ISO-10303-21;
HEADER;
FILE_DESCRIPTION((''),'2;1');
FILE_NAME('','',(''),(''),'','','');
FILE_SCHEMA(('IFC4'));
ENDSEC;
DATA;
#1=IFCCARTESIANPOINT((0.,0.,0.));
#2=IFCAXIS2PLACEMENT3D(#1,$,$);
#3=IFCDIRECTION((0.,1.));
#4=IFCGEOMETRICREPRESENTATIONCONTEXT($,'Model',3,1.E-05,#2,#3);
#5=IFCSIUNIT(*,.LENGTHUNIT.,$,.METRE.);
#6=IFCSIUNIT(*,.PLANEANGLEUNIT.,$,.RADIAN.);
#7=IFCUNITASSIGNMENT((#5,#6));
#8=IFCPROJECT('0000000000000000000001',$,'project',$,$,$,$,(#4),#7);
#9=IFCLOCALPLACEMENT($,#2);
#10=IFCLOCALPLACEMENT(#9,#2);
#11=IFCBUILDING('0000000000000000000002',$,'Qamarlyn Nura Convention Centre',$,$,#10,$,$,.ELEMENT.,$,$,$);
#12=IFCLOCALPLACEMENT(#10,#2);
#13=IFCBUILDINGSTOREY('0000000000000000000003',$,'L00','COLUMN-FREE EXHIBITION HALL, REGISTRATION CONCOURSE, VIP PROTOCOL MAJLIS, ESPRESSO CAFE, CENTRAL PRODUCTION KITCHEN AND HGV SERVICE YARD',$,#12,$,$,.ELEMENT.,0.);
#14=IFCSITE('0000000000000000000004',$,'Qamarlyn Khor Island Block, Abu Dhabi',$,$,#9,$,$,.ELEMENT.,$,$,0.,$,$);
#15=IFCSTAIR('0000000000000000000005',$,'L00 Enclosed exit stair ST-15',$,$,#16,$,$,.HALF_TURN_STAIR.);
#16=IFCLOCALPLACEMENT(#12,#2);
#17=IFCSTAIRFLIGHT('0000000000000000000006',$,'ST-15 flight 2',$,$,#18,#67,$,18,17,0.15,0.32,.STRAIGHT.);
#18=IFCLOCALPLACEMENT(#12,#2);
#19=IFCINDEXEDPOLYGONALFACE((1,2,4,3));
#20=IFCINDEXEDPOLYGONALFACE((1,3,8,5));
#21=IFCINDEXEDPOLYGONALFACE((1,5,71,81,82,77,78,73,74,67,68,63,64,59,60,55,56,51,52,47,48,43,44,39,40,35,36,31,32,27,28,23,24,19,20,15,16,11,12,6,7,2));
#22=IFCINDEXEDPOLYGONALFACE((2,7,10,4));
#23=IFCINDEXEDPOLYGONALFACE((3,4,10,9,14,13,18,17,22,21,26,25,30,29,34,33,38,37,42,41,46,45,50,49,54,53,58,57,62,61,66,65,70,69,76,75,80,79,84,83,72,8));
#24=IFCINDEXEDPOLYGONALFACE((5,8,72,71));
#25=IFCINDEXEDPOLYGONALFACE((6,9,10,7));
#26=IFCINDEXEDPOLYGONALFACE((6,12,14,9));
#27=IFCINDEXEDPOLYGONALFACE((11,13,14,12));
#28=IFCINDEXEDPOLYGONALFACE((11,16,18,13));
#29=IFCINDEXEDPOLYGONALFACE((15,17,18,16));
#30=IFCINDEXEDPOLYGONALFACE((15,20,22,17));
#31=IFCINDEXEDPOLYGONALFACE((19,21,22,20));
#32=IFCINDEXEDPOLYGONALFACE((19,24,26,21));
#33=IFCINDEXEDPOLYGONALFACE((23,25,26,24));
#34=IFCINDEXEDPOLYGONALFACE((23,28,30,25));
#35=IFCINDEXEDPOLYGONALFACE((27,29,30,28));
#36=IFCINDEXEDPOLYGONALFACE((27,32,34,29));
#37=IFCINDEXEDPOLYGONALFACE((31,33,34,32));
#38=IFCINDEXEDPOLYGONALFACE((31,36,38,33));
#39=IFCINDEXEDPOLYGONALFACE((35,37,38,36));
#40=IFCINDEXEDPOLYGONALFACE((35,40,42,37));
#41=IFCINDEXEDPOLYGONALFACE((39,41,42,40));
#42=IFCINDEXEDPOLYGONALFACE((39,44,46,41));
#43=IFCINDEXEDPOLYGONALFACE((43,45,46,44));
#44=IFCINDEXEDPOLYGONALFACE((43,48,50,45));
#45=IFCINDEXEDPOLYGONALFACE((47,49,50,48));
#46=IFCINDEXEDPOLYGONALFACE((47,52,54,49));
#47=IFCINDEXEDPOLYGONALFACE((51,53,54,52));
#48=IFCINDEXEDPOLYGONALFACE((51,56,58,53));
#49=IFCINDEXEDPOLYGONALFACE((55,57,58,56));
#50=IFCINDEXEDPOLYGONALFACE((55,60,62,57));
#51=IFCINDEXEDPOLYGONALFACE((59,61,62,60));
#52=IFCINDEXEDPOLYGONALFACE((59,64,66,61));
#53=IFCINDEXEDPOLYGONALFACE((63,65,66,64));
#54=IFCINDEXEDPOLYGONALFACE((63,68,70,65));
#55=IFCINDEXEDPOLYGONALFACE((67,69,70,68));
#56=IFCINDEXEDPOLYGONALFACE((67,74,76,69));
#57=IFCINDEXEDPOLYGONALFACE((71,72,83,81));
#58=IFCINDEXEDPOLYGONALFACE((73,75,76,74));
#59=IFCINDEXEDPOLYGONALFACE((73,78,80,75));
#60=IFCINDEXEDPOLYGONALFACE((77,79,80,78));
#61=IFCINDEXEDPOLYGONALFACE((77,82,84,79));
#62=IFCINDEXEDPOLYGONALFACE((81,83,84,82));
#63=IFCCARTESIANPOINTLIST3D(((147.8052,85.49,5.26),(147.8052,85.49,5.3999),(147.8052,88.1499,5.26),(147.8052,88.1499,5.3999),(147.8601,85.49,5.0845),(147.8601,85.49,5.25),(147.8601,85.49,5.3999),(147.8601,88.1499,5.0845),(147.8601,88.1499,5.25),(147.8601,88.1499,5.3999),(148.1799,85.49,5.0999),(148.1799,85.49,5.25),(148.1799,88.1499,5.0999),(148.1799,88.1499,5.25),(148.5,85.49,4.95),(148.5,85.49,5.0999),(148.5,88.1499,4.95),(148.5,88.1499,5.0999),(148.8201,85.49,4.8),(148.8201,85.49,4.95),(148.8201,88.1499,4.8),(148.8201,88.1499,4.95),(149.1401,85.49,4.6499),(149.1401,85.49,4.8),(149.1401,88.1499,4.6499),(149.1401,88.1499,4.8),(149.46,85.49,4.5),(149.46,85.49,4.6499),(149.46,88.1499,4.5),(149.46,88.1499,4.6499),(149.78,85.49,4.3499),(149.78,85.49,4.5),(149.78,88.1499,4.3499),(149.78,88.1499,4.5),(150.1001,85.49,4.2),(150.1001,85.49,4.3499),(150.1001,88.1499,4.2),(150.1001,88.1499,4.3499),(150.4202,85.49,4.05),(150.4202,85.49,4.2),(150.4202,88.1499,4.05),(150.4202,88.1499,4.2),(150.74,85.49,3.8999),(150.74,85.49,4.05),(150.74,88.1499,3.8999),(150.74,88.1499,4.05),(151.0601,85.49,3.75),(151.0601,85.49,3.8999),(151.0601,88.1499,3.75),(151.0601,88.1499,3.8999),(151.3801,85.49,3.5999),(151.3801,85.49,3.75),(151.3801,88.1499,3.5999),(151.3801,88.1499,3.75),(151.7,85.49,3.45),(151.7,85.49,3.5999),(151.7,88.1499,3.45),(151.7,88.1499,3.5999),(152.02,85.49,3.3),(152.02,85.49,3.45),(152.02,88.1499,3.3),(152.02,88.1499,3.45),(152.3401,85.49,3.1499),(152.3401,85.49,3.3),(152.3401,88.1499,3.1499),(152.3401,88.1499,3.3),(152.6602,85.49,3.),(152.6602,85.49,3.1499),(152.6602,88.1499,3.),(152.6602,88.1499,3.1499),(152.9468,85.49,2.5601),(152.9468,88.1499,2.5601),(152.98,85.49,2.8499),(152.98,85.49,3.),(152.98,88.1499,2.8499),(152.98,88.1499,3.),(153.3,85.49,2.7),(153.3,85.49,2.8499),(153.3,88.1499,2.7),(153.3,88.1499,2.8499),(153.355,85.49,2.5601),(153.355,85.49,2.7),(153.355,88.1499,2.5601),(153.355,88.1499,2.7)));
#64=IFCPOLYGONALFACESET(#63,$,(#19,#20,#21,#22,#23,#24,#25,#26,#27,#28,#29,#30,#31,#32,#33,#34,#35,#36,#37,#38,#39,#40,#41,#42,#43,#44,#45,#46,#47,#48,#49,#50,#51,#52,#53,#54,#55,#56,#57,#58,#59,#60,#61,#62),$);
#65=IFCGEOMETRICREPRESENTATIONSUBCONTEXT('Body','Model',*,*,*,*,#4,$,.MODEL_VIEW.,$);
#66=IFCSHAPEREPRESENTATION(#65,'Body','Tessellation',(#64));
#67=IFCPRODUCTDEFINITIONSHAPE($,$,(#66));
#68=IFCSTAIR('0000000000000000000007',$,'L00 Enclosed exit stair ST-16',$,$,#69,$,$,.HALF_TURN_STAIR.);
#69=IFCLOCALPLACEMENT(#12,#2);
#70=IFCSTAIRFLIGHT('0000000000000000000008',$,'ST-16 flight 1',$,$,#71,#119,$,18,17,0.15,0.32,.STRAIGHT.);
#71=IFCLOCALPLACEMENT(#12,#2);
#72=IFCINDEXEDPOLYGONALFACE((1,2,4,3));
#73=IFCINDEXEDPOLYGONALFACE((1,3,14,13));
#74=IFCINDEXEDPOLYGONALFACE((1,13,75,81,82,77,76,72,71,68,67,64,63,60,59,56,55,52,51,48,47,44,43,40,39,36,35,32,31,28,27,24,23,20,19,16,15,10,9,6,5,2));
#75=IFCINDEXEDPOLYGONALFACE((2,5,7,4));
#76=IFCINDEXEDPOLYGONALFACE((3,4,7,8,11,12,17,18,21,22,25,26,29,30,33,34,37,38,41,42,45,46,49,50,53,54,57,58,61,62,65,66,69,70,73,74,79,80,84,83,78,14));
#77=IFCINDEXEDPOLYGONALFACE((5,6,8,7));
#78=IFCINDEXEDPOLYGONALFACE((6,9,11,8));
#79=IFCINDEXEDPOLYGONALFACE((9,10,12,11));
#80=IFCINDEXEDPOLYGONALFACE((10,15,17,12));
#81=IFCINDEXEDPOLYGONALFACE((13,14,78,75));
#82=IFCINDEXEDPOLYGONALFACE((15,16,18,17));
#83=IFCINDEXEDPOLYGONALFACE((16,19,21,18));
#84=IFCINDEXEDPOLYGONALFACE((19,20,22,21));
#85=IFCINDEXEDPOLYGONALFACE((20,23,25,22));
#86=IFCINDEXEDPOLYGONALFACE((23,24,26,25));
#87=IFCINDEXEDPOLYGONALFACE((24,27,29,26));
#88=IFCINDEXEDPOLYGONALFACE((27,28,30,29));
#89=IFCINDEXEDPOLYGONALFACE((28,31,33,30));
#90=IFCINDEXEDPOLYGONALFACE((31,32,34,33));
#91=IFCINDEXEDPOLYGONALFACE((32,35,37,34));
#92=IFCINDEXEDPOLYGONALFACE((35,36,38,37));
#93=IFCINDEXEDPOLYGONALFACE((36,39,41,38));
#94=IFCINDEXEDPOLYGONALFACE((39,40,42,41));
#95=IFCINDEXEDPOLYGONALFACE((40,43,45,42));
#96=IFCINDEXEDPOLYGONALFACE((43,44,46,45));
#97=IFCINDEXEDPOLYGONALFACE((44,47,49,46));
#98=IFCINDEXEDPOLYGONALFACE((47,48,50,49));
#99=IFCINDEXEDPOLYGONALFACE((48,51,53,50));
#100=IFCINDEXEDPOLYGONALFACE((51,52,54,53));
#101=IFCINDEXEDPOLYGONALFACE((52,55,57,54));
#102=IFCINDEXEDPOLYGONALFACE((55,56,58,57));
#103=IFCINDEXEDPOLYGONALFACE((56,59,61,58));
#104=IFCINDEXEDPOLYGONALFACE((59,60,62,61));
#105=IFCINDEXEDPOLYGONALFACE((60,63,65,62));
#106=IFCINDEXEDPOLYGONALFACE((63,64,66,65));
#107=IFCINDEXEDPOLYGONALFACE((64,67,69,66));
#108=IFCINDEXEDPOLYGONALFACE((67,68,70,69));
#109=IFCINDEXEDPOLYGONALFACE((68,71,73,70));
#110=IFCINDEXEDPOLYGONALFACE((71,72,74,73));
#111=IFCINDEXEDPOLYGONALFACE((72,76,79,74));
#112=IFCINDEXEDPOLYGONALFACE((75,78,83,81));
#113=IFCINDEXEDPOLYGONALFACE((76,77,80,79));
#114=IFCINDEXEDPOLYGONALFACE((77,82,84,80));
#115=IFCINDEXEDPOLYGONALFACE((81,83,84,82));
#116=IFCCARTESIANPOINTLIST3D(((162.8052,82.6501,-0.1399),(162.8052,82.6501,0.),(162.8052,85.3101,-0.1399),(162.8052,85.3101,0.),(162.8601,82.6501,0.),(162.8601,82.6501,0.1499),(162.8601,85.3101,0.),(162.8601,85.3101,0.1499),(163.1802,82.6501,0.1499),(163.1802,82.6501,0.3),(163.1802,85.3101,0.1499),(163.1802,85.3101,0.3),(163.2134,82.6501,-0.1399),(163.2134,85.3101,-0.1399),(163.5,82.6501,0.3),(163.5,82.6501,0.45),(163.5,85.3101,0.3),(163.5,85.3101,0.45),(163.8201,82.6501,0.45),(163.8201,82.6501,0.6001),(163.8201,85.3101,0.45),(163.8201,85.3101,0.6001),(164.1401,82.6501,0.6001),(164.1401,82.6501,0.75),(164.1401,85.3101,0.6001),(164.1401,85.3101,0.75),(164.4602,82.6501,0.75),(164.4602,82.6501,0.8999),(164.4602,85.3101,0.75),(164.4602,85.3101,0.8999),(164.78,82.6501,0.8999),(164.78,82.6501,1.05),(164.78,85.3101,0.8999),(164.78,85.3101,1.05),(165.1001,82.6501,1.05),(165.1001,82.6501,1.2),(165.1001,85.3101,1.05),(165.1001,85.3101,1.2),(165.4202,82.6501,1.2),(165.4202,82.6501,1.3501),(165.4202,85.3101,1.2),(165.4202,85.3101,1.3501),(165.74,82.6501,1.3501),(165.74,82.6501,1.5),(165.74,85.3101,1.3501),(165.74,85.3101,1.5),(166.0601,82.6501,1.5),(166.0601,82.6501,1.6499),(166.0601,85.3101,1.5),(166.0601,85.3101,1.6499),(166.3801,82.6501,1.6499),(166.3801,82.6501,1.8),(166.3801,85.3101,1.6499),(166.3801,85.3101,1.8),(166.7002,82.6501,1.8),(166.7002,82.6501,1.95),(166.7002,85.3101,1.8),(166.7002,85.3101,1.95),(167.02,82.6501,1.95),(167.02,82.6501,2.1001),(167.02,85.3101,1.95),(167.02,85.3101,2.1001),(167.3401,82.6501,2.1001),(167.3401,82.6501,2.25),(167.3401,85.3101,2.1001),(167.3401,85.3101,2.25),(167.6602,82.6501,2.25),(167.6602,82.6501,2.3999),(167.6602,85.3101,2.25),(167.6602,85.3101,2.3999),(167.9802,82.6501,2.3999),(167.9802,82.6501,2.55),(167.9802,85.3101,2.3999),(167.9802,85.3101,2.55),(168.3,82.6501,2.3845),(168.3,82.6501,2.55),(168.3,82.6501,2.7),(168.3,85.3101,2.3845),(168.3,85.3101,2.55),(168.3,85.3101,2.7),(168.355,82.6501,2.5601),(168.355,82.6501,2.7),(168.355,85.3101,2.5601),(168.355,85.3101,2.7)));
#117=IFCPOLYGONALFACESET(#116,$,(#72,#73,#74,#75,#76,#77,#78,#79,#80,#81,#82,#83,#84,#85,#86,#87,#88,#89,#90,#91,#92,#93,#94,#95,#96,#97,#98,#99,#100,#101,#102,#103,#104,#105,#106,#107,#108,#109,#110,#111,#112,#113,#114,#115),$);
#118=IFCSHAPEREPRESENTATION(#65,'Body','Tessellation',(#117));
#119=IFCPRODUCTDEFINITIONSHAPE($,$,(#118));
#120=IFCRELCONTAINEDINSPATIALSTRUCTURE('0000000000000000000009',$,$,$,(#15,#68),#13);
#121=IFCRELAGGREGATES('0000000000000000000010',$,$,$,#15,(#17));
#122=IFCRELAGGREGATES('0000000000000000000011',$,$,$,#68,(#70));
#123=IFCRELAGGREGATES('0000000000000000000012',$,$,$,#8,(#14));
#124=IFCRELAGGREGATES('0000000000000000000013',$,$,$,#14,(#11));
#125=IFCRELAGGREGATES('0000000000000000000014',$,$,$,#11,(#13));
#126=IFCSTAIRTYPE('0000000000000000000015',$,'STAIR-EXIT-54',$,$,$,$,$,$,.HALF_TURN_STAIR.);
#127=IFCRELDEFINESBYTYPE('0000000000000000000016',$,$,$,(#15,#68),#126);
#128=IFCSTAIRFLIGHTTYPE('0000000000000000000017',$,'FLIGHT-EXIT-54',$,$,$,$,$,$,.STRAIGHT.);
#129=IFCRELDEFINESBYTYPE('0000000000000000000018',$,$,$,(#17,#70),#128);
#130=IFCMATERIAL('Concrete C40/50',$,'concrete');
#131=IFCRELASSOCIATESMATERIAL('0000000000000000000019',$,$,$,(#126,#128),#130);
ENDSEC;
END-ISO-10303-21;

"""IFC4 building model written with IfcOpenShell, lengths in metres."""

from ifc_helpers import new_model, si_unit, direction, frame, origin, place, context, subcontext, project, spatial, polyline, outline, extrude, material, type_object, element, aggregate, save


model = new_model("IFC4")

# Units and contexts
model_context = context("Model", 3, precision=1e-05, world=origin(), true_north=direction((0.0, 1.0)))
body_context = subcontext(model_context, "Body", "Model", "MODEL_VIEW")
ifc_project = project(units=[si_unit("LENGTHUNIT", "METRE"), si_unit("PLANEANGLEUNIT", "RADIAN")], contexts=[model_context])

# Site, building, storey
site_placement = place(None, origin())
site = spatial("IfcSite", under=ifc_project, at=site_placement, Name="Qamarlyn Khor Island Block, Abu Dhabi", CompositionType="ELEMENT", RefElevation=0.0)
building_placement = place(site_placement, origin())
building = spatial("IfcBuilding", under=site, at=building_placement, Name="Qamarlyn Nura Convention Centre", CompositionType="ELEMENT")
storey_placement = place(building_placement, origin())
storey = spatial("IfcBuildingStorey", under=building, at=storey_placement, Name="L00", Description="COLUMN-FREE EXHIBITION HALL, REGISTRATION CONCOURSE, VIP PROTOCOL MAJLIS, ESPRESSO CAFE, CENTRAL PRODUCTION KITCHEN AND HGV SERVICE YARD", CompositionType="ELEMENT", Elevation=0.0)

# Stairs, stair flights
ifc_material_1 = material(Name="Concrete C40/50", Category="concrete")
stair_type = type_object("IfcStairType", Name="STAIR-EXIT-54", PredefinedType="HALF_TURN_STAIR", material=ifc_material_1)
stair_1_placement = place(storey_placement, origin())
stair_1 = element("IfcStair", 1, at=stair_1_placement, inside=storey, type_object=stair_type, Name="L00 Enclosed exit stair ST-15", PredefinedType="HALF_TURN_STAIR")
stair_flight_type = type_object("IfcStairFlightType", Name="FLIGHT-EXIT-54", PredefinedType="STRAIGHT", material=ifc_material_1)
stair_flight_1_placement = place(storey_placement, frame((153.3, 86.8201, 2.7), z_axis=(0.0, 0.0, 1.0), x_axis=(-1.0, 0.0, 0.0)))
stair_flight_1 = element("IfcStairFlight", 2, at=stair_flight_1_placement, type_object=stair_flight_type, Name="ST-15 flight 2", NumberOfRisers=18, NumberOfTreads=17, PredefinedType="STRAIGHT", RiserHeight=0.15, TreadLength=0.32, context=body_context, shape_type="SweptSolid", body=[
    extrude(outline(polyline([(-0.0549, 0.0), (0.0, 0.0), (0.0, 0.1499), (0.3201, 0.1499), (0.3201, 0.3), (0.6399, 0.3), (0.6399, 0.45), (0.96, 0.45), (0.96, 0.6001), (1.28, 0.6001), (1.28, 0.75), (1.6001, 0.75), (1.6001, 0.8999), (1.9199, 0.8999), (1.9199, 1.05), (2.24, 1.05), (2.24, 1.2), (2.5601, 1.2), (2.5601, 1.3501), (2.8799, 1.3501), (2.8799, 1.5), (3.2, 1.5), (3.2, 1.6499), (3.52, 1.6499), (3.52, 1.8), (3.8401, 1.8), (3.8401, 1.95), (4.1599, 1.95), (4.1599, 2.1001), (4.48, 2.1001), (4.48, 2.25), (4.8, 2.25), (4.8, 2.3999), (5.1201, 2.3999), (5.1201, 2.55), (5.4399, 2.55), (5.4399, 2.7), (5.4949, 2.7), (5.4949, 2.5601), (5.4399, 2.3845), (0.3533, -0.1399), (-0.0549, -0.1399), (-0.0549, 0.0)])), frame((0.0, 1.3301, 0.0), z_axis=(0.0, -1.0, 0.0), x_axis=(1.0, 0.0, 0.0)), (0.0, 0.0, 1.0), 2.6599),
])
aggregate(stair_1, [stair_flight_1])
stair_2_placement = place(storey_placement, origin())
stair_2 = element("IfcStair", 3, at=stair_2_placement, inside=storey, type_object=stair_type, Name="L00 Enclosed exit stair ST-16", PredefinedType="HALF_TURN_STAIR")
stair_flight_2_placement = place(storey_placement, frame((162.8601, 83.98, 0.0), z_axis=(0.0, 0.0, 1.0), x_axis=(1.0, 0.0, 0.0)))
stair_flight_2 = element("IfcStairFlight", 4, at=stair_flight_2_placement, type_object=stair_flight_type, Name="ST-16 flight 1", NumberOfRisers=18, NumberOfTreads=17, PredefinedType="STRAIGHT", RiserHeight=0.15, TreadLength=0.32, context=body_context, shape_type="SweptSolid", body=[
    extrude(outline(polyline([(-0.0549, 0.0), (0.0, 0.0), (0.0, 0.1499), (0.3201, 0.1499), (0.3201, 0.3), (0.6399, 0.3), (0.6399, 0.45), (0.96, 0.45), (0.96, 0.6001), (1.28, 0.6001), (1.28, 0.75), (1.6001, 0.75), (1.6001, 0.8999), (1.9199, 0.8999), (1.9199, 1.05), (2.24, 1.05), (2.24, 1.2), (2.5601, 1.2), (2.5601, 1.3501), (2.8799, 1.3501), (2.8799, 1.5), (3.2, 1.5), (3.2, 1.6499), (3.52, 1.6499), (3.52, 1.8), (3.8401, 1.8), (3.8401, 1.95), (4.1599, 1.95), (4.1599, 2.1001), (4.48, 2.1001), (4.48, 2.25), (4.8, 2.25), (4.8, 2.3999), (5.1201, 2.3999), (5.1201, 2.55), (5.4399, 2.55), (5.4399, 2.7), (5.4949, 2.7), (5.4949, 2.5601), (5.4399, 2.3845), (0.3533, -0.1399), (-0.0549, -0.1399), (-0.0549, 0.0)])), frame((0.0, 1.3301, 0.0), z_axis=(0.0, -1.0, 0.0), x_axis=(1.0, 0.0, 0.0)), (0.0, 0.0, 1.0), 2.6599),
])
aggregate(stair_2, [stair_flight_2])

save(model, "model.ifc")
